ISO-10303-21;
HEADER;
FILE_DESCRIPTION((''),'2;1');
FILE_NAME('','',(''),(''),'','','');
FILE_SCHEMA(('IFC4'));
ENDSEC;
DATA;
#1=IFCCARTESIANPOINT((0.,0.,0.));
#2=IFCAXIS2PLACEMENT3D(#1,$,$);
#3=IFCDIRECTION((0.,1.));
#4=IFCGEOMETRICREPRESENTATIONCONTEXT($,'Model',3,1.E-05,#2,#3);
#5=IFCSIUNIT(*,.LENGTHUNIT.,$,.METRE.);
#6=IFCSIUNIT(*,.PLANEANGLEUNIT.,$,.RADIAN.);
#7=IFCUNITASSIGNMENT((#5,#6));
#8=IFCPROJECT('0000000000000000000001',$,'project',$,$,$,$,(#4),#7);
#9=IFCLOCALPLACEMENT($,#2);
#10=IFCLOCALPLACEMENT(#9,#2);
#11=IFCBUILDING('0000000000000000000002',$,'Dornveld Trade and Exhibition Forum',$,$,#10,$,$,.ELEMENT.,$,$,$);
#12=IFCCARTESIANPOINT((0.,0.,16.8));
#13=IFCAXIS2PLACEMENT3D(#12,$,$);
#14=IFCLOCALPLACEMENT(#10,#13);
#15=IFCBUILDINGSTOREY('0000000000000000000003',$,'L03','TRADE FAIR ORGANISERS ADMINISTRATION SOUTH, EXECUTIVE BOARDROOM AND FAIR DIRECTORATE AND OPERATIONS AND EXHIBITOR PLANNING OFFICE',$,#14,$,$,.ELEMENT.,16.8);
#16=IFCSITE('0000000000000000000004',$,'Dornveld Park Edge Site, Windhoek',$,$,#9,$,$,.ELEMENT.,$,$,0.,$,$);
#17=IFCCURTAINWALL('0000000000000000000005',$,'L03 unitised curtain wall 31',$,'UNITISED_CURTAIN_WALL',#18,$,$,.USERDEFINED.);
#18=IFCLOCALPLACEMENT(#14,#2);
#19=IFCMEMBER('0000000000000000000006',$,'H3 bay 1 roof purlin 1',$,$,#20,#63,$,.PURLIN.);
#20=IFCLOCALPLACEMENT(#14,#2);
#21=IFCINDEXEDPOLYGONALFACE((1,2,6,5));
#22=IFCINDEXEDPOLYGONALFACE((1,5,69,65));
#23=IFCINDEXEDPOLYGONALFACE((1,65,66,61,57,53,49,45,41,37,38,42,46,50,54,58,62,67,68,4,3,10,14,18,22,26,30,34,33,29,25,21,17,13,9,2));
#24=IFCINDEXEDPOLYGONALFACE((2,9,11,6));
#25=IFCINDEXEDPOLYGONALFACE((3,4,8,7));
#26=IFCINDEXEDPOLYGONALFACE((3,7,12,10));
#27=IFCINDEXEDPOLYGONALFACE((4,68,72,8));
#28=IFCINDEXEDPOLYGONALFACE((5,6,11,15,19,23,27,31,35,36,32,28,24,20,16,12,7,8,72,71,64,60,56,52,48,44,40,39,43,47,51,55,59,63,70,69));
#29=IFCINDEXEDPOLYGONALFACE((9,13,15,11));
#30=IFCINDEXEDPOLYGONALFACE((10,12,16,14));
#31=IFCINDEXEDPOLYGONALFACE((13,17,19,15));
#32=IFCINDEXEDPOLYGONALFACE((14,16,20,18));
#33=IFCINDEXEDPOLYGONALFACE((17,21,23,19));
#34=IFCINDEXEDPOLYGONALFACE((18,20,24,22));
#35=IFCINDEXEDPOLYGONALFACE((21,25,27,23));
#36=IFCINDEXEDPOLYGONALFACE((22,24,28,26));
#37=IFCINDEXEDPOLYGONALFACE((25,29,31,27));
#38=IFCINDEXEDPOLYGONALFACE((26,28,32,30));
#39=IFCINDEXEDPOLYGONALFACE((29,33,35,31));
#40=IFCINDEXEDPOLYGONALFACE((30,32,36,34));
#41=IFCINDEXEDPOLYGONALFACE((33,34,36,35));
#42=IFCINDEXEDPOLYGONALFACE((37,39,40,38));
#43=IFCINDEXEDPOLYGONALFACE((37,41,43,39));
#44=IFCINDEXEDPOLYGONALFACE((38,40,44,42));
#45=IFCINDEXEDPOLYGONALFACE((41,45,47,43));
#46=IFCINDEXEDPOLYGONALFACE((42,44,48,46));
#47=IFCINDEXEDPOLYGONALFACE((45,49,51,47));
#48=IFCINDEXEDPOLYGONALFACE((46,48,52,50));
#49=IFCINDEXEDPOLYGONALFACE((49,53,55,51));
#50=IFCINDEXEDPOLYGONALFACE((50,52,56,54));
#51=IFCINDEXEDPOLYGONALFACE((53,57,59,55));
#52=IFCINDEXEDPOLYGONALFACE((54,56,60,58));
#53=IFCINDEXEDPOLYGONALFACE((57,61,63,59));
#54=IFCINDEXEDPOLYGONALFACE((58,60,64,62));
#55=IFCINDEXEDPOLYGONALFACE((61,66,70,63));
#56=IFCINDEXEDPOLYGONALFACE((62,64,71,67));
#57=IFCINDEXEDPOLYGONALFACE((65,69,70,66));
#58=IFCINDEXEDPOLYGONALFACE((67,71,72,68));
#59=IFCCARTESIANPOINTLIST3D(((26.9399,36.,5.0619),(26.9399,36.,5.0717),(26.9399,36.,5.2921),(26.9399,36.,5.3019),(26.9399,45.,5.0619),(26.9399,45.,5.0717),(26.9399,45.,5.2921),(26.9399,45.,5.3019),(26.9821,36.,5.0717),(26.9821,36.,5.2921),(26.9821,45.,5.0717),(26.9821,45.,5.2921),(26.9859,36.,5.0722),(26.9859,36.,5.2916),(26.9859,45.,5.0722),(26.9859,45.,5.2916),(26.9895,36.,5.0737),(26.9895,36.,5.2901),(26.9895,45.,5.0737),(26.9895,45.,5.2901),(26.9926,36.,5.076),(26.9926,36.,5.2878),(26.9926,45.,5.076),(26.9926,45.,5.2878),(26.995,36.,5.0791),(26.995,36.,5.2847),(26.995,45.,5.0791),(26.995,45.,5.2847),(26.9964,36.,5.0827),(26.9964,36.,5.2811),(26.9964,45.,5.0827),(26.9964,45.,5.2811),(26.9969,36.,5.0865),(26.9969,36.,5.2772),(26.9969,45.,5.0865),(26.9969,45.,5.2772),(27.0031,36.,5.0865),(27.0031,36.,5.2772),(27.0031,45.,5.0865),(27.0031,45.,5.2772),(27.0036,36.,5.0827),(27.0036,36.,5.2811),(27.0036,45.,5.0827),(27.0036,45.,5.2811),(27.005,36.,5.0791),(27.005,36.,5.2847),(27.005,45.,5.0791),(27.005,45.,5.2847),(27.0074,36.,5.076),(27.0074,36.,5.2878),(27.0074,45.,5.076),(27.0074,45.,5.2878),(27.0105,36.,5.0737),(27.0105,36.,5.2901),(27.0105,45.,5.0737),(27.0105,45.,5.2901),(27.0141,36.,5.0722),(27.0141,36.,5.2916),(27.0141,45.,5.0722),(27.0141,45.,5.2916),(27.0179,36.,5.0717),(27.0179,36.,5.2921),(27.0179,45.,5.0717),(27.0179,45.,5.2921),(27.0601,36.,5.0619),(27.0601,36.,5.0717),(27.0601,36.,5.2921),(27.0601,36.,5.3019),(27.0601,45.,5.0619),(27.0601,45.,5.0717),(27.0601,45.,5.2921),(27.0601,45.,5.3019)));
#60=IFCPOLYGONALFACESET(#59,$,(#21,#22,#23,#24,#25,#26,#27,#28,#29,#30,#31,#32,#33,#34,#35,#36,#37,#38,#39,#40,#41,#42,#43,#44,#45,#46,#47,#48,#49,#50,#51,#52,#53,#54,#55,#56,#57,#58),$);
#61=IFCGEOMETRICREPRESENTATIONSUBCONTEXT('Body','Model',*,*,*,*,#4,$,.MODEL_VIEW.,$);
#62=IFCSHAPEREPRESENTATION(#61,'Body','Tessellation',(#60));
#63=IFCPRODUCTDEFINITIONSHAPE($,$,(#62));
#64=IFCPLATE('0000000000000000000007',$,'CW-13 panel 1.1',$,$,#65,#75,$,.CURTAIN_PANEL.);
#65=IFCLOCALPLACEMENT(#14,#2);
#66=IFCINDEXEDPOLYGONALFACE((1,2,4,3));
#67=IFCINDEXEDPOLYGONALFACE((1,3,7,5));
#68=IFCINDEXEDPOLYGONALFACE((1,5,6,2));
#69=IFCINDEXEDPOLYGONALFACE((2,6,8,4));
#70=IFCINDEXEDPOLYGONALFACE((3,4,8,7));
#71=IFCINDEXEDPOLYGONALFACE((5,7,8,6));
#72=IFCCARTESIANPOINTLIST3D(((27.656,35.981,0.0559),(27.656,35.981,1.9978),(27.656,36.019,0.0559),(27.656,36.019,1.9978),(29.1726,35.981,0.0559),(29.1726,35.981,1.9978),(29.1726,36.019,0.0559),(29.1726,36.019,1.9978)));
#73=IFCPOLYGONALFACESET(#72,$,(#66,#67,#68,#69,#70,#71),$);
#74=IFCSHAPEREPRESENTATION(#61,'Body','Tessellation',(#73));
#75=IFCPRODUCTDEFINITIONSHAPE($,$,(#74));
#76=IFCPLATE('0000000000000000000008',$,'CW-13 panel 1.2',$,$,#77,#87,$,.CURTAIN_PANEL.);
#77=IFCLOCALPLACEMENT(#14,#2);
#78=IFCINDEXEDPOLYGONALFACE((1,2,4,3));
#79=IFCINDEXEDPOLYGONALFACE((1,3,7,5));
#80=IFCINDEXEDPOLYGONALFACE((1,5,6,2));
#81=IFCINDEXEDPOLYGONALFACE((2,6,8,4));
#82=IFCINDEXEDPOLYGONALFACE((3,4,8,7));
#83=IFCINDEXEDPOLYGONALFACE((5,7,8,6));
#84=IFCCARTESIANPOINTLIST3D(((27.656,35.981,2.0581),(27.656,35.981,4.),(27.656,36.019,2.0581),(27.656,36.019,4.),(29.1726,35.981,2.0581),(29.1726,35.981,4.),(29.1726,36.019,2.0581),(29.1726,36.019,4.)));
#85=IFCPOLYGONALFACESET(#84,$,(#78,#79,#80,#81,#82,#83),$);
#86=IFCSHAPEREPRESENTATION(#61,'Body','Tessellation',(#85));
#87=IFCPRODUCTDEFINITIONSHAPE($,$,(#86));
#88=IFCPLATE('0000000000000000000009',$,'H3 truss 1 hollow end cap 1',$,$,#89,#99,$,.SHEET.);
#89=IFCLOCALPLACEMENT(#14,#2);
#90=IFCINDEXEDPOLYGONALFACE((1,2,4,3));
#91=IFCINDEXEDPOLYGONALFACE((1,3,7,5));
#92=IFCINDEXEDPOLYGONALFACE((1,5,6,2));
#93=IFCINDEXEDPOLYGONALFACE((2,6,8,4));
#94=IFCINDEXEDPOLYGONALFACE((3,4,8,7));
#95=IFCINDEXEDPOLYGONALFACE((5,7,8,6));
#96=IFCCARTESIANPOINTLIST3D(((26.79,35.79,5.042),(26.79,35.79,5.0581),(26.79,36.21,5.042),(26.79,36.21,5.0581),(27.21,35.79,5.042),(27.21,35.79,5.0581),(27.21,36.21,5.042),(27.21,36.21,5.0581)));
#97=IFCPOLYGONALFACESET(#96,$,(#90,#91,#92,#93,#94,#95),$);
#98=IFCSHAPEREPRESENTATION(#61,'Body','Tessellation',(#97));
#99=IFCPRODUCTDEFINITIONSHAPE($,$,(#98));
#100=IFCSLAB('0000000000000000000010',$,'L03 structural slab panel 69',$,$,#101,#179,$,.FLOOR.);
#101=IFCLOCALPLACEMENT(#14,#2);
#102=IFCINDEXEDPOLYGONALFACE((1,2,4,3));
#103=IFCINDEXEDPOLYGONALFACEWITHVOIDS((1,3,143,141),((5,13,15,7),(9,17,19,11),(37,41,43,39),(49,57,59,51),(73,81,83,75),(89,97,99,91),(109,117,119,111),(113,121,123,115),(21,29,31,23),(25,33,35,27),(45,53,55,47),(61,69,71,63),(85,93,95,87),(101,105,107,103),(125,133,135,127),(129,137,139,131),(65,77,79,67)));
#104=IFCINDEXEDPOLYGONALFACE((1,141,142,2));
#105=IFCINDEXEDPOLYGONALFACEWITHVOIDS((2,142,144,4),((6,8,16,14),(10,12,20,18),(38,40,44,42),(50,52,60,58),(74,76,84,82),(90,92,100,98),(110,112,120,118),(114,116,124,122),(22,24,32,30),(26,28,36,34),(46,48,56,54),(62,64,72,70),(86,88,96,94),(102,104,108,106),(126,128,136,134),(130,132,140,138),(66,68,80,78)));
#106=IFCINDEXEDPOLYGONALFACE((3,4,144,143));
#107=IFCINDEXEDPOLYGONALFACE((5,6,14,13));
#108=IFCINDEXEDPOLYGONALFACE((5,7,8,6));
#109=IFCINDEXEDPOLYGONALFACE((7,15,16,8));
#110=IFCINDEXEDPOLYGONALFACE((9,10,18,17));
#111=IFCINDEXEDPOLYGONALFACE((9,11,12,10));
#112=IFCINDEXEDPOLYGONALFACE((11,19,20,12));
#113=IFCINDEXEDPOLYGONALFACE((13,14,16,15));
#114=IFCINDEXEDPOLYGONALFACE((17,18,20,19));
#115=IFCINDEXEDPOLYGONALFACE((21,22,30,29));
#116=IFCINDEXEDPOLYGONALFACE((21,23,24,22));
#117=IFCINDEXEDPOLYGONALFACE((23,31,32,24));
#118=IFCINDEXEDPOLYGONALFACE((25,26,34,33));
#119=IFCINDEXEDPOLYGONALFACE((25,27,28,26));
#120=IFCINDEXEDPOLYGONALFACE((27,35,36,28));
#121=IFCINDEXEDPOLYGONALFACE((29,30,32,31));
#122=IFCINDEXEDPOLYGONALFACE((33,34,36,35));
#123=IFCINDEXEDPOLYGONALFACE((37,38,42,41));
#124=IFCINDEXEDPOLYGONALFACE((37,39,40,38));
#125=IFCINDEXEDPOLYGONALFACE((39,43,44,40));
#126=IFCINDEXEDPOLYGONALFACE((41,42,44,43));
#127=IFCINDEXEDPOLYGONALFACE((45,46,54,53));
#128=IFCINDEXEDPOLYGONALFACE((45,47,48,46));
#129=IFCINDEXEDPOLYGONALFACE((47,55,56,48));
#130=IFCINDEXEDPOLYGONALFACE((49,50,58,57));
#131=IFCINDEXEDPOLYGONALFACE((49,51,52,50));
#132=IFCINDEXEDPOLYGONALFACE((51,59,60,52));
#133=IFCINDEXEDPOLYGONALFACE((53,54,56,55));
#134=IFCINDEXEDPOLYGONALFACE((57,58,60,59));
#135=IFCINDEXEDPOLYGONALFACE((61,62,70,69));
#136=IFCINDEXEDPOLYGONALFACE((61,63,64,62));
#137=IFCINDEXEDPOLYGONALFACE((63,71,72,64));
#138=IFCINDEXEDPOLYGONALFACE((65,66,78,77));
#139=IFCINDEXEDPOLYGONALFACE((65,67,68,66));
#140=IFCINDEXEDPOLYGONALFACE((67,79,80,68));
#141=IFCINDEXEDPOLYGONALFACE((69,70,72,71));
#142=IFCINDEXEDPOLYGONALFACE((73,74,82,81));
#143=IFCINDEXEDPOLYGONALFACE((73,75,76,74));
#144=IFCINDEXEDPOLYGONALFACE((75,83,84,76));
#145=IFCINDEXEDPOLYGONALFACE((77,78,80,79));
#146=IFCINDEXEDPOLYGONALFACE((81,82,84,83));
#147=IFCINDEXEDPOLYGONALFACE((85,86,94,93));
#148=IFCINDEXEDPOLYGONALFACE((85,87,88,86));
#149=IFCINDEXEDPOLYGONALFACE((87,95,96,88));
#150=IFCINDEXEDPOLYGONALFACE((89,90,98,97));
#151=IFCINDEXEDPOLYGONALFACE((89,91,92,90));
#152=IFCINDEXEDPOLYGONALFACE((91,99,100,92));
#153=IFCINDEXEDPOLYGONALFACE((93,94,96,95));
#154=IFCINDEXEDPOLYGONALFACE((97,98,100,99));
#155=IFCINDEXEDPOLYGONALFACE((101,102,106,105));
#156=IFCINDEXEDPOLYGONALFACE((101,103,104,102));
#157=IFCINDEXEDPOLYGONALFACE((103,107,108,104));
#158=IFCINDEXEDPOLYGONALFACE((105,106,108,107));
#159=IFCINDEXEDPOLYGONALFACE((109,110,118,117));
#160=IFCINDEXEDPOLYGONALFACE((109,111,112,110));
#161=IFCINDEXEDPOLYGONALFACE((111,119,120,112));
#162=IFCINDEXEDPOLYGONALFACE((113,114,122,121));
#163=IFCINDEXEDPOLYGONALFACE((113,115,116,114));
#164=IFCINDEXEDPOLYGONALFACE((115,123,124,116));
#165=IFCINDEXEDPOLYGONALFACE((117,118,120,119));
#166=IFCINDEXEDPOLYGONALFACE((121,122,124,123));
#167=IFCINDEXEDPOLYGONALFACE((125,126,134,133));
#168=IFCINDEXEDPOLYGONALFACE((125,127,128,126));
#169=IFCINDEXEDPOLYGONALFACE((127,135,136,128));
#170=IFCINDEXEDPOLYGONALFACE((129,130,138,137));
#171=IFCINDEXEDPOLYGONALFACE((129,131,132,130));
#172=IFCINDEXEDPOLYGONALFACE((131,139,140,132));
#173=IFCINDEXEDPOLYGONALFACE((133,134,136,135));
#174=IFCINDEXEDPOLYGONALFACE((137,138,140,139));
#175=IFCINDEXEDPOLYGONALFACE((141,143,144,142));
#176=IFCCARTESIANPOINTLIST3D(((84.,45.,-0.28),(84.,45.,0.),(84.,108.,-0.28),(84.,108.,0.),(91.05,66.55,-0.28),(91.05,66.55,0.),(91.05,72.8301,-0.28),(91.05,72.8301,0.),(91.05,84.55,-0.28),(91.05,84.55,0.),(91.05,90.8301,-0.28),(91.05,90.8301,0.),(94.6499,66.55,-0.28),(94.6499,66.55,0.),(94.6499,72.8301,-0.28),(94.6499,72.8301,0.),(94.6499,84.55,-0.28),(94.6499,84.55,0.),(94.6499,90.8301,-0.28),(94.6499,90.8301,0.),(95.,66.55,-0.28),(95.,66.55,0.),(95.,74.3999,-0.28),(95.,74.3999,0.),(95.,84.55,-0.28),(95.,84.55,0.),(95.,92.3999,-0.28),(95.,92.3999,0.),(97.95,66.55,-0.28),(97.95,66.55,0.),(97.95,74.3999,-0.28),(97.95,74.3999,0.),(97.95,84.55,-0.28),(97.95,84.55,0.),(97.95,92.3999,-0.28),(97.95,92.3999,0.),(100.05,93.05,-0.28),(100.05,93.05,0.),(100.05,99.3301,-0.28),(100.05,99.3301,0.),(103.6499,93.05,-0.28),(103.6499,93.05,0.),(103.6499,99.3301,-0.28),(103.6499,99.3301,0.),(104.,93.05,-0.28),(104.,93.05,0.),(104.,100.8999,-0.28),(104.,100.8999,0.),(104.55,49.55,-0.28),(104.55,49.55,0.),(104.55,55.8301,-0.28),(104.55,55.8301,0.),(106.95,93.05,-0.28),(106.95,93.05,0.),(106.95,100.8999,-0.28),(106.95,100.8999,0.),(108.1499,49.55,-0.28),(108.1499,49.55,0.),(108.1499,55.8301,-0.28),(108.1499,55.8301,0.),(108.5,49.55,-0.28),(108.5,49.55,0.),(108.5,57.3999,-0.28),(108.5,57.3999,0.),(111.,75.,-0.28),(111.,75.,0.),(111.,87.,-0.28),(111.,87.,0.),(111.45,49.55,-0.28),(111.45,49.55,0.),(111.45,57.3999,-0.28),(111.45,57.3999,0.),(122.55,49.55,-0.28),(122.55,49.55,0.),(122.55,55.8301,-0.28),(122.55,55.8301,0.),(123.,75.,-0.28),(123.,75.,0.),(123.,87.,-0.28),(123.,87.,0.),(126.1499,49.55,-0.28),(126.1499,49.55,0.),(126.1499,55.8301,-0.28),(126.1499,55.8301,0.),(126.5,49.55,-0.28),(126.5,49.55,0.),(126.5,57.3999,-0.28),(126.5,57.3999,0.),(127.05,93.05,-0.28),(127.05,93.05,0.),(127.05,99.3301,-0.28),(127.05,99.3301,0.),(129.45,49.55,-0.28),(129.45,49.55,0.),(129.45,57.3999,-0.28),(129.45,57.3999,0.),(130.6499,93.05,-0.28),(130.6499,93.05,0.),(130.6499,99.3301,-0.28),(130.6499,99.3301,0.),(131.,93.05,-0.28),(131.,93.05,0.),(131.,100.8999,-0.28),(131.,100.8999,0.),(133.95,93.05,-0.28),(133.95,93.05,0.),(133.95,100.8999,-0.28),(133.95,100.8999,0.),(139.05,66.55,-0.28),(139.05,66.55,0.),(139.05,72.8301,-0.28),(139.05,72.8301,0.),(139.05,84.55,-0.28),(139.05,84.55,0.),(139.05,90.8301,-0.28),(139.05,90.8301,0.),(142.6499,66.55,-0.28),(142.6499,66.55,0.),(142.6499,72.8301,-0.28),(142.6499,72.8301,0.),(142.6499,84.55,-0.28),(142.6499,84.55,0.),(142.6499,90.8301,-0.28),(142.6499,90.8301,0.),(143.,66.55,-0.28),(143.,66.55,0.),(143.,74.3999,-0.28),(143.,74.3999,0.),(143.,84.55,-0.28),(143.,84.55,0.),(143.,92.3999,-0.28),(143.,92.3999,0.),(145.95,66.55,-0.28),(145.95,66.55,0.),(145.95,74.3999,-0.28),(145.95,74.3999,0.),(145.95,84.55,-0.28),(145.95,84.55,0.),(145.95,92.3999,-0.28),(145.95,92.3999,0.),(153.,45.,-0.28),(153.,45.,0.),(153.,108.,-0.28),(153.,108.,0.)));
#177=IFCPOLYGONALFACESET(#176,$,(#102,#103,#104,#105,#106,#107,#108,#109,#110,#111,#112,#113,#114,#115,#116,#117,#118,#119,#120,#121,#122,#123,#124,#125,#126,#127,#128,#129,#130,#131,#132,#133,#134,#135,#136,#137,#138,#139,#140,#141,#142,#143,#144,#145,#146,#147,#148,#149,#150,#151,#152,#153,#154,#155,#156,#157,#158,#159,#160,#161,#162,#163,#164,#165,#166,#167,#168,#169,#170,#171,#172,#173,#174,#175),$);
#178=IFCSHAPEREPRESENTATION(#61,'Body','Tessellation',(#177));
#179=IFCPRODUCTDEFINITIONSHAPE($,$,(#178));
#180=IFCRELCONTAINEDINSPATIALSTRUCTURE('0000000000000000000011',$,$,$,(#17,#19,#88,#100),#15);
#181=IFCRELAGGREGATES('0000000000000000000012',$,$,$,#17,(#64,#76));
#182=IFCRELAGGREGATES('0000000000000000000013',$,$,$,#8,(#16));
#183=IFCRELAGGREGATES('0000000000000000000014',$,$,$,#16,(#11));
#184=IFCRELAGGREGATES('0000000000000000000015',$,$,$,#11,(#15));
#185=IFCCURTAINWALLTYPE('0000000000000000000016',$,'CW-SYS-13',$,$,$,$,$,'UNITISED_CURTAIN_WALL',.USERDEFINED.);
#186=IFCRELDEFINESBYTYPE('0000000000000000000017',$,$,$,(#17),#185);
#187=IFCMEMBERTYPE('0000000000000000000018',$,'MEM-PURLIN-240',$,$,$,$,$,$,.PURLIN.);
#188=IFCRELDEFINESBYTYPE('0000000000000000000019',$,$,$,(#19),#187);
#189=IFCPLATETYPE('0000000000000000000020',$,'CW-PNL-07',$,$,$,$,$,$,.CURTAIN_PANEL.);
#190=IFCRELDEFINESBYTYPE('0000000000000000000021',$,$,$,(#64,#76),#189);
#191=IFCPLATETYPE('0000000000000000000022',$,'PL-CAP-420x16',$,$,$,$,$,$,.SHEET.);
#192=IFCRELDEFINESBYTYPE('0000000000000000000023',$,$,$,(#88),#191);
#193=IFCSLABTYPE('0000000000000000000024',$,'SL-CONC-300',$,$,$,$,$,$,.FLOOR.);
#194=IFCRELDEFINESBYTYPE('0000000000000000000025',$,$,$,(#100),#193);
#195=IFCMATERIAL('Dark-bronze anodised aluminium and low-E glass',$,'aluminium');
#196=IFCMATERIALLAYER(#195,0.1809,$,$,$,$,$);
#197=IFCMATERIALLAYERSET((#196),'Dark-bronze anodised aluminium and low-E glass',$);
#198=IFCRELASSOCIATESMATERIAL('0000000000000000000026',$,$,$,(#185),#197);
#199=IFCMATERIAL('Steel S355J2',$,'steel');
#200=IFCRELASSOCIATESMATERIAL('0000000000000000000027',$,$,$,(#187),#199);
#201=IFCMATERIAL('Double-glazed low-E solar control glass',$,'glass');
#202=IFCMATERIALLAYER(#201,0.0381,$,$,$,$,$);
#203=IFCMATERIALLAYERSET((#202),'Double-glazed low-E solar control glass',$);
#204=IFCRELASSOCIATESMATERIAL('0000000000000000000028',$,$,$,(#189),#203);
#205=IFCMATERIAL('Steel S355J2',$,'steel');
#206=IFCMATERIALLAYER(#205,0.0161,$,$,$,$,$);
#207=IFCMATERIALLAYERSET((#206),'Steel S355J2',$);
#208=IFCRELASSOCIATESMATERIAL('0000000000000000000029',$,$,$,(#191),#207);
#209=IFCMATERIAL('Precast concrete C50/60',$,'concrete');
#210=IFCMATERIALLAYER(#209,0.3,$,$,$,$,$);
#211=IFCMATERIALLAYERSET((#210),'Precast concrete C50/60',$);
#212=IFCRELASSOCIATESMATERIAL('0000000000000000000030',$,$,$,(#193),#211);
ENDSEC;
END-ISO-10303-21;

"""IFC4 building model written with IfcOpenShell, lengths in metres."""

from ifc_helpers import new_model, si_unit, direction, frame, origin, origin_2d, place, context, subcontext, project, spatial, polyline, rectangle, i_section, outline, extrude, material, layer, layer_set, material_profile, profile_set, type_object, element, aggregate, save


model = new_model("IFC4")

# Units and contexts
model_context = context("Model", 3, precision=1e-05, world=origin(), true_north=direction((0.0, 1.0)))
body_context = subcontext(model_context, "Body", "Model", "MODEL_VIEW")
ifc_project = project(units=[si_unit("LENGTHUNIT", "METRE"), si_unit("PLANEANGLEUNIT", "RADIAN")], contexts=[model_context])

# Site, building, storey
site_placement = place(None, origin())
site = spatial("IfcSite", under=ifc_project, at=site_placement, Name="Dornveld Park Edge Site, Windhoek", CompositionType="ELEMENT", RefElevation=0.0)
building_placement = place(site_placement, origin())
building = spatial("IfcBuilding", under=site, at=building_placement, Name="Dornveld Trade and Exhibition Forum", CompositionType="ELEMENT")
storey_placement = place(building_placement, frame((0.0, 0.0, 16.8)))
storey = spatial("IfcBuildingStorey", under=building, at=storey_placement, Name="L03", Description="TRADE FAIR ORGANISERS ADMINISTRATION SOUTH, EXECUTIVE BOARDROOM AND FAIR DIRECTORATE AND OPERATIONS AND EXHIBITOR PLANNING OFFICE", CompositionType="ELEMENT", Elevation=16.8)

# Curtain wall
ifc_material_1 = material(Name="Dark-bronze anodised aluminium and low-E glass", Category="aluminium")
ifc_layer_1 = layer(ifc_material_1, 0.1809)
ifc_layer_set_1 = layer_set([ifc_layer_1], Name="Dark-bronze anodised aluminium and low-E glass")
curtain_wall_type = type_object("IfcCurtainWallType", Name="CW-SYS-13", ElementType="UNITISED_CURTAIN_WALL", PredefinedType="USERDEFINED", material=ifc_layer_set_1)
curtain_wall_placement = place(storey_placement, origin())
curtain_wall = element("IfcCurtainWall", 1, at=curtain_wall_placement, inside=storey, type_object=curtain_wall_type, Name="L03 unitised curtain wall 31", ObjectType="UNITISED_CURTAIN_WALL", PredefinedType="USERDEFINED")

# Member
ifc_material_2 = material(Name="Steel S355J2", Category="steel")
ifc_material_profile_1 = material_profile(ifc_material_2, i_section(OverallWidth=0.1201, OverallDepth=0.24, WebThickness=0.0061, FlangeThickness=0.0098, FilletRadius=0.0149, at=origin_2d()), Name="IPE 240")
ifc_profile_set_1 = profile_set([ifc_material_profile_1], Name="Steel S355J2")
member_type_1 = type_object("IfcMemberType", Name="MEM-PURLIN-240", PredefinedType="PURLIN", material=ifc_profile_set_1)
member_1_placement = place(storey_placement, frame((27.0, 36.0, 5.1819), z_axis=(0.0, 1.0, 0.0), x_axis=(-1.0, 0.0, 0.0)))
element("IfcMember", 2, at=member_1_placement, inside=storey, type_object=member_type_1, Name="H3 bay 1 roof purlin 1", PredefinedType="PURLIN", context=body_context, shape_type="SweptSolid", body=[
    extrude(i_section(OverallWidth=0.1201, OverallDepth=0.24, WebThickness=0.0061, FlangeThickness=0.0098, FilletRadius=0.0149, at=origin_2d()), origin(), (0.0, 0.0, 1.0), 9.0),
])

# Plates
ifc_material_3 = material(Name="Double-glazed low-E solar control glass", Category="glass")
ifc_layer_2 = layer(ifc_material_3, 0.0381)
ifc_layer_set_2 = layer_set([ifc_layer_2], Name="Double-glazed low-E solar control glass")
plate_type_1 = type_object("IfcPlateType", Name="CW-PNL-07", PredefinedType="CURTAIN_PANEL", material=ifc_layer_set_2)
plate_1_placement = place(storey_placement, frame((28.4143, 36.0, 0.0559), z_axis=(0.0, 0.0, 1.0), x_axis=(1.0, 0.0, 0.0)))
plate_1 = element("IfcPlate", 3, at=plate_1_placement, type_object=plate_type_1, Name="CW-13 panel 1.1", PredefinedType="CURTAIN_PANEL", context=body_context, shape_type="SweptSolid", body=[
    extrude(rectangle(XDim=1.5166, YDim=0.0381, at=origin_2d()), origin(), (0.0, 0.0, 1.0), 1.9419),
])
plate_2_placement = place(storey_placement, frame((28.4143, 36.0, 2.0581), z_axis=(0.0, 0.0, 1.0), x_axis=(1.0, 0.0, 0.0)))
plate_2 = element("IfcPlate", 4, at=plate_2_placement, type_object=plate_type_1, Name="CW-13 panel 1.2", PredefinedType="CURTAIN_PANEL", context=body_context, shape_type="SweptSolid", body=[
    extrude(rectangle(XDim=1.5166, YDim=0.0381, at=origin_2d()), origin(), (0.0, 0.0, 1.0), 1.9419),
])
aggregate(curtain_wall, [plate_1, plate_2])
ifc_material_4 = material(Name="Steel S355J2", Category="steel")
ifc_layer_3 = layer(ifc_material_4, 0.0161)
ifc_layer_set_3 = layer_set([ifc_layer_3], Name="Steel S355J2")
plate_type_2 = type_object("IfcPlateType", Name="PL-CAP-420x16", PredefinedType="SHEET", material=ifc_layer_set_3)
plate_3_placement = place(storey_placement, frame((27.0, 36.0, 5.042), z_axis=(0.0, 0.0, 1.0), x_axis=(1.0, 0.0, 0.0)))
element("IfcPlate", 5, at=plate_3_placement, inside=storey, type_object=plate_type_2, Name="H3 truss 1 hollow end cap 1", PredefinedType="SHEET", context=body_context, shape_type="SweptSolid", body=[
    extrude(rectangle(XDim=0.4199, YDim=0.4199, at=origin_2d()), origin(), (0.0, 0.0, 1.0), 0.0161),
])

# Slab
ifc_material_5 = material(Name="Precast concrete C50/60", Category="concrete")
ifc_layer_4 = layer(ifc_material_5, 0.3)
ifc_layer_set_4 = layer_set([ifc_layer_4], Name="Precast concrete C50/60")
slab_type_1 = type_object("IfcSlabType", Name="SL-CONC-300", PredefinedType="FLOOR", material=ifc_layer_set_4)
slab_1_placement = place(storey_placement, frame((0.0, 0.0, -0.28)))
element("IfcSlab", 6, at=slab_1_placement, inside=storey, type_object=slab_type_1, Name="L03 structural slab panel 69", PredefinedType="FLOOR", context=body_context, shape_type="SweptSolid", body=[
    extrude(outline(polyline([(84.0, 45.0), (153.0, 45.0), (153.0, 108.0), (84.0, 108.0), (84.0, 45.0)]), holes=[polyline([(139.05, 84.55), (142.6499, 84.55), (142.6499, 90.8301), (139.05, 90.8301), (139.05, 84.55)]), polyline([(143.0, 84.55), (145.95, 84.55), (145.95, 92.3999), (143.0, 92.3999), (143.0, 84.55)]), polyline([(127.05, 93.05), (130.6499, 93.05), (130.6499, 99.3301), (127.05, 99.3301), (127.05, 93.05)]), polyline([(131.0, 93.05), (133.95, 93.05), (133.95, 100.8999), (131.0, 100.8999), (131.0, 93.05)]), polyline([(100.05, 93.05), (103.6499, 93.05), (103.6499, 99.3301), (100.05, 99.3301), (100.05, 93.05)]), polyline([(104.0, 93.05), (106.95, 93.05), (106.95, 100.8999), (104.0, 100.8999), (104.0, 93.05)]), polyline([(91.05, 84.55), (94.6499, 84.55), (94.6499, 90.8301), (91.05, 90.8301), (91.05, 84.55)]), polyline([(95.0, 84.55), (97.95, 84.55), (97.95, 92.3999), (95.0, 92.3999), (95.0, 84.55)]), polyline([(91.05, 66.55), (94.6499, 66.55), (94.6499, 72.8301), (91.05, 72.8301), (91.05, 66.55)]), polyline([(95.0, 66.55), (97.95, 66.55), (97.95, 74.3999), (95.0, 74.3999), (95.0, 66.55)]), polyline([(104.55, 49.55), (108.1499, 49.55), (108.1499, 55.8301), (104.55, 55.8301), (104.55, 49.55)]), polyline([(108.5, 49.55), (111.45, 49.55), (111.45, 57.3999), (108.5, 57.3999), (108.5, 49.55)]), polyline([(122.55, 49.55), (126.1499, 49.55), (126.1499, 55.8301), (122.55, 55.8301), (122.55, 49.55)]), polyline([(126.5, 49.55), (129.45, 49.55), (129.45, 57.3999), (126.5, 57.3999), (126.5, 49.55)]), polyline([(139.05, 66.55), (142.6499, 66.55), (142.6499, 72.8301), (139.05, 72.8301), (139.05, 66.55)]), polyline([(143.0, 66.55), (145.95, 66.55), (145.95, 74.3999), (143.0, 74.3999), (143.0, 66.55)]), polyline([(111.0, 75.0), (123.0, 75.0), (123.0, 87.0), (111.0, 87.0), (111.0, 75.0)])]), origin(), (0.0, 0.0, 1.0), 0.28),
])

save(model, "model.ifc")
